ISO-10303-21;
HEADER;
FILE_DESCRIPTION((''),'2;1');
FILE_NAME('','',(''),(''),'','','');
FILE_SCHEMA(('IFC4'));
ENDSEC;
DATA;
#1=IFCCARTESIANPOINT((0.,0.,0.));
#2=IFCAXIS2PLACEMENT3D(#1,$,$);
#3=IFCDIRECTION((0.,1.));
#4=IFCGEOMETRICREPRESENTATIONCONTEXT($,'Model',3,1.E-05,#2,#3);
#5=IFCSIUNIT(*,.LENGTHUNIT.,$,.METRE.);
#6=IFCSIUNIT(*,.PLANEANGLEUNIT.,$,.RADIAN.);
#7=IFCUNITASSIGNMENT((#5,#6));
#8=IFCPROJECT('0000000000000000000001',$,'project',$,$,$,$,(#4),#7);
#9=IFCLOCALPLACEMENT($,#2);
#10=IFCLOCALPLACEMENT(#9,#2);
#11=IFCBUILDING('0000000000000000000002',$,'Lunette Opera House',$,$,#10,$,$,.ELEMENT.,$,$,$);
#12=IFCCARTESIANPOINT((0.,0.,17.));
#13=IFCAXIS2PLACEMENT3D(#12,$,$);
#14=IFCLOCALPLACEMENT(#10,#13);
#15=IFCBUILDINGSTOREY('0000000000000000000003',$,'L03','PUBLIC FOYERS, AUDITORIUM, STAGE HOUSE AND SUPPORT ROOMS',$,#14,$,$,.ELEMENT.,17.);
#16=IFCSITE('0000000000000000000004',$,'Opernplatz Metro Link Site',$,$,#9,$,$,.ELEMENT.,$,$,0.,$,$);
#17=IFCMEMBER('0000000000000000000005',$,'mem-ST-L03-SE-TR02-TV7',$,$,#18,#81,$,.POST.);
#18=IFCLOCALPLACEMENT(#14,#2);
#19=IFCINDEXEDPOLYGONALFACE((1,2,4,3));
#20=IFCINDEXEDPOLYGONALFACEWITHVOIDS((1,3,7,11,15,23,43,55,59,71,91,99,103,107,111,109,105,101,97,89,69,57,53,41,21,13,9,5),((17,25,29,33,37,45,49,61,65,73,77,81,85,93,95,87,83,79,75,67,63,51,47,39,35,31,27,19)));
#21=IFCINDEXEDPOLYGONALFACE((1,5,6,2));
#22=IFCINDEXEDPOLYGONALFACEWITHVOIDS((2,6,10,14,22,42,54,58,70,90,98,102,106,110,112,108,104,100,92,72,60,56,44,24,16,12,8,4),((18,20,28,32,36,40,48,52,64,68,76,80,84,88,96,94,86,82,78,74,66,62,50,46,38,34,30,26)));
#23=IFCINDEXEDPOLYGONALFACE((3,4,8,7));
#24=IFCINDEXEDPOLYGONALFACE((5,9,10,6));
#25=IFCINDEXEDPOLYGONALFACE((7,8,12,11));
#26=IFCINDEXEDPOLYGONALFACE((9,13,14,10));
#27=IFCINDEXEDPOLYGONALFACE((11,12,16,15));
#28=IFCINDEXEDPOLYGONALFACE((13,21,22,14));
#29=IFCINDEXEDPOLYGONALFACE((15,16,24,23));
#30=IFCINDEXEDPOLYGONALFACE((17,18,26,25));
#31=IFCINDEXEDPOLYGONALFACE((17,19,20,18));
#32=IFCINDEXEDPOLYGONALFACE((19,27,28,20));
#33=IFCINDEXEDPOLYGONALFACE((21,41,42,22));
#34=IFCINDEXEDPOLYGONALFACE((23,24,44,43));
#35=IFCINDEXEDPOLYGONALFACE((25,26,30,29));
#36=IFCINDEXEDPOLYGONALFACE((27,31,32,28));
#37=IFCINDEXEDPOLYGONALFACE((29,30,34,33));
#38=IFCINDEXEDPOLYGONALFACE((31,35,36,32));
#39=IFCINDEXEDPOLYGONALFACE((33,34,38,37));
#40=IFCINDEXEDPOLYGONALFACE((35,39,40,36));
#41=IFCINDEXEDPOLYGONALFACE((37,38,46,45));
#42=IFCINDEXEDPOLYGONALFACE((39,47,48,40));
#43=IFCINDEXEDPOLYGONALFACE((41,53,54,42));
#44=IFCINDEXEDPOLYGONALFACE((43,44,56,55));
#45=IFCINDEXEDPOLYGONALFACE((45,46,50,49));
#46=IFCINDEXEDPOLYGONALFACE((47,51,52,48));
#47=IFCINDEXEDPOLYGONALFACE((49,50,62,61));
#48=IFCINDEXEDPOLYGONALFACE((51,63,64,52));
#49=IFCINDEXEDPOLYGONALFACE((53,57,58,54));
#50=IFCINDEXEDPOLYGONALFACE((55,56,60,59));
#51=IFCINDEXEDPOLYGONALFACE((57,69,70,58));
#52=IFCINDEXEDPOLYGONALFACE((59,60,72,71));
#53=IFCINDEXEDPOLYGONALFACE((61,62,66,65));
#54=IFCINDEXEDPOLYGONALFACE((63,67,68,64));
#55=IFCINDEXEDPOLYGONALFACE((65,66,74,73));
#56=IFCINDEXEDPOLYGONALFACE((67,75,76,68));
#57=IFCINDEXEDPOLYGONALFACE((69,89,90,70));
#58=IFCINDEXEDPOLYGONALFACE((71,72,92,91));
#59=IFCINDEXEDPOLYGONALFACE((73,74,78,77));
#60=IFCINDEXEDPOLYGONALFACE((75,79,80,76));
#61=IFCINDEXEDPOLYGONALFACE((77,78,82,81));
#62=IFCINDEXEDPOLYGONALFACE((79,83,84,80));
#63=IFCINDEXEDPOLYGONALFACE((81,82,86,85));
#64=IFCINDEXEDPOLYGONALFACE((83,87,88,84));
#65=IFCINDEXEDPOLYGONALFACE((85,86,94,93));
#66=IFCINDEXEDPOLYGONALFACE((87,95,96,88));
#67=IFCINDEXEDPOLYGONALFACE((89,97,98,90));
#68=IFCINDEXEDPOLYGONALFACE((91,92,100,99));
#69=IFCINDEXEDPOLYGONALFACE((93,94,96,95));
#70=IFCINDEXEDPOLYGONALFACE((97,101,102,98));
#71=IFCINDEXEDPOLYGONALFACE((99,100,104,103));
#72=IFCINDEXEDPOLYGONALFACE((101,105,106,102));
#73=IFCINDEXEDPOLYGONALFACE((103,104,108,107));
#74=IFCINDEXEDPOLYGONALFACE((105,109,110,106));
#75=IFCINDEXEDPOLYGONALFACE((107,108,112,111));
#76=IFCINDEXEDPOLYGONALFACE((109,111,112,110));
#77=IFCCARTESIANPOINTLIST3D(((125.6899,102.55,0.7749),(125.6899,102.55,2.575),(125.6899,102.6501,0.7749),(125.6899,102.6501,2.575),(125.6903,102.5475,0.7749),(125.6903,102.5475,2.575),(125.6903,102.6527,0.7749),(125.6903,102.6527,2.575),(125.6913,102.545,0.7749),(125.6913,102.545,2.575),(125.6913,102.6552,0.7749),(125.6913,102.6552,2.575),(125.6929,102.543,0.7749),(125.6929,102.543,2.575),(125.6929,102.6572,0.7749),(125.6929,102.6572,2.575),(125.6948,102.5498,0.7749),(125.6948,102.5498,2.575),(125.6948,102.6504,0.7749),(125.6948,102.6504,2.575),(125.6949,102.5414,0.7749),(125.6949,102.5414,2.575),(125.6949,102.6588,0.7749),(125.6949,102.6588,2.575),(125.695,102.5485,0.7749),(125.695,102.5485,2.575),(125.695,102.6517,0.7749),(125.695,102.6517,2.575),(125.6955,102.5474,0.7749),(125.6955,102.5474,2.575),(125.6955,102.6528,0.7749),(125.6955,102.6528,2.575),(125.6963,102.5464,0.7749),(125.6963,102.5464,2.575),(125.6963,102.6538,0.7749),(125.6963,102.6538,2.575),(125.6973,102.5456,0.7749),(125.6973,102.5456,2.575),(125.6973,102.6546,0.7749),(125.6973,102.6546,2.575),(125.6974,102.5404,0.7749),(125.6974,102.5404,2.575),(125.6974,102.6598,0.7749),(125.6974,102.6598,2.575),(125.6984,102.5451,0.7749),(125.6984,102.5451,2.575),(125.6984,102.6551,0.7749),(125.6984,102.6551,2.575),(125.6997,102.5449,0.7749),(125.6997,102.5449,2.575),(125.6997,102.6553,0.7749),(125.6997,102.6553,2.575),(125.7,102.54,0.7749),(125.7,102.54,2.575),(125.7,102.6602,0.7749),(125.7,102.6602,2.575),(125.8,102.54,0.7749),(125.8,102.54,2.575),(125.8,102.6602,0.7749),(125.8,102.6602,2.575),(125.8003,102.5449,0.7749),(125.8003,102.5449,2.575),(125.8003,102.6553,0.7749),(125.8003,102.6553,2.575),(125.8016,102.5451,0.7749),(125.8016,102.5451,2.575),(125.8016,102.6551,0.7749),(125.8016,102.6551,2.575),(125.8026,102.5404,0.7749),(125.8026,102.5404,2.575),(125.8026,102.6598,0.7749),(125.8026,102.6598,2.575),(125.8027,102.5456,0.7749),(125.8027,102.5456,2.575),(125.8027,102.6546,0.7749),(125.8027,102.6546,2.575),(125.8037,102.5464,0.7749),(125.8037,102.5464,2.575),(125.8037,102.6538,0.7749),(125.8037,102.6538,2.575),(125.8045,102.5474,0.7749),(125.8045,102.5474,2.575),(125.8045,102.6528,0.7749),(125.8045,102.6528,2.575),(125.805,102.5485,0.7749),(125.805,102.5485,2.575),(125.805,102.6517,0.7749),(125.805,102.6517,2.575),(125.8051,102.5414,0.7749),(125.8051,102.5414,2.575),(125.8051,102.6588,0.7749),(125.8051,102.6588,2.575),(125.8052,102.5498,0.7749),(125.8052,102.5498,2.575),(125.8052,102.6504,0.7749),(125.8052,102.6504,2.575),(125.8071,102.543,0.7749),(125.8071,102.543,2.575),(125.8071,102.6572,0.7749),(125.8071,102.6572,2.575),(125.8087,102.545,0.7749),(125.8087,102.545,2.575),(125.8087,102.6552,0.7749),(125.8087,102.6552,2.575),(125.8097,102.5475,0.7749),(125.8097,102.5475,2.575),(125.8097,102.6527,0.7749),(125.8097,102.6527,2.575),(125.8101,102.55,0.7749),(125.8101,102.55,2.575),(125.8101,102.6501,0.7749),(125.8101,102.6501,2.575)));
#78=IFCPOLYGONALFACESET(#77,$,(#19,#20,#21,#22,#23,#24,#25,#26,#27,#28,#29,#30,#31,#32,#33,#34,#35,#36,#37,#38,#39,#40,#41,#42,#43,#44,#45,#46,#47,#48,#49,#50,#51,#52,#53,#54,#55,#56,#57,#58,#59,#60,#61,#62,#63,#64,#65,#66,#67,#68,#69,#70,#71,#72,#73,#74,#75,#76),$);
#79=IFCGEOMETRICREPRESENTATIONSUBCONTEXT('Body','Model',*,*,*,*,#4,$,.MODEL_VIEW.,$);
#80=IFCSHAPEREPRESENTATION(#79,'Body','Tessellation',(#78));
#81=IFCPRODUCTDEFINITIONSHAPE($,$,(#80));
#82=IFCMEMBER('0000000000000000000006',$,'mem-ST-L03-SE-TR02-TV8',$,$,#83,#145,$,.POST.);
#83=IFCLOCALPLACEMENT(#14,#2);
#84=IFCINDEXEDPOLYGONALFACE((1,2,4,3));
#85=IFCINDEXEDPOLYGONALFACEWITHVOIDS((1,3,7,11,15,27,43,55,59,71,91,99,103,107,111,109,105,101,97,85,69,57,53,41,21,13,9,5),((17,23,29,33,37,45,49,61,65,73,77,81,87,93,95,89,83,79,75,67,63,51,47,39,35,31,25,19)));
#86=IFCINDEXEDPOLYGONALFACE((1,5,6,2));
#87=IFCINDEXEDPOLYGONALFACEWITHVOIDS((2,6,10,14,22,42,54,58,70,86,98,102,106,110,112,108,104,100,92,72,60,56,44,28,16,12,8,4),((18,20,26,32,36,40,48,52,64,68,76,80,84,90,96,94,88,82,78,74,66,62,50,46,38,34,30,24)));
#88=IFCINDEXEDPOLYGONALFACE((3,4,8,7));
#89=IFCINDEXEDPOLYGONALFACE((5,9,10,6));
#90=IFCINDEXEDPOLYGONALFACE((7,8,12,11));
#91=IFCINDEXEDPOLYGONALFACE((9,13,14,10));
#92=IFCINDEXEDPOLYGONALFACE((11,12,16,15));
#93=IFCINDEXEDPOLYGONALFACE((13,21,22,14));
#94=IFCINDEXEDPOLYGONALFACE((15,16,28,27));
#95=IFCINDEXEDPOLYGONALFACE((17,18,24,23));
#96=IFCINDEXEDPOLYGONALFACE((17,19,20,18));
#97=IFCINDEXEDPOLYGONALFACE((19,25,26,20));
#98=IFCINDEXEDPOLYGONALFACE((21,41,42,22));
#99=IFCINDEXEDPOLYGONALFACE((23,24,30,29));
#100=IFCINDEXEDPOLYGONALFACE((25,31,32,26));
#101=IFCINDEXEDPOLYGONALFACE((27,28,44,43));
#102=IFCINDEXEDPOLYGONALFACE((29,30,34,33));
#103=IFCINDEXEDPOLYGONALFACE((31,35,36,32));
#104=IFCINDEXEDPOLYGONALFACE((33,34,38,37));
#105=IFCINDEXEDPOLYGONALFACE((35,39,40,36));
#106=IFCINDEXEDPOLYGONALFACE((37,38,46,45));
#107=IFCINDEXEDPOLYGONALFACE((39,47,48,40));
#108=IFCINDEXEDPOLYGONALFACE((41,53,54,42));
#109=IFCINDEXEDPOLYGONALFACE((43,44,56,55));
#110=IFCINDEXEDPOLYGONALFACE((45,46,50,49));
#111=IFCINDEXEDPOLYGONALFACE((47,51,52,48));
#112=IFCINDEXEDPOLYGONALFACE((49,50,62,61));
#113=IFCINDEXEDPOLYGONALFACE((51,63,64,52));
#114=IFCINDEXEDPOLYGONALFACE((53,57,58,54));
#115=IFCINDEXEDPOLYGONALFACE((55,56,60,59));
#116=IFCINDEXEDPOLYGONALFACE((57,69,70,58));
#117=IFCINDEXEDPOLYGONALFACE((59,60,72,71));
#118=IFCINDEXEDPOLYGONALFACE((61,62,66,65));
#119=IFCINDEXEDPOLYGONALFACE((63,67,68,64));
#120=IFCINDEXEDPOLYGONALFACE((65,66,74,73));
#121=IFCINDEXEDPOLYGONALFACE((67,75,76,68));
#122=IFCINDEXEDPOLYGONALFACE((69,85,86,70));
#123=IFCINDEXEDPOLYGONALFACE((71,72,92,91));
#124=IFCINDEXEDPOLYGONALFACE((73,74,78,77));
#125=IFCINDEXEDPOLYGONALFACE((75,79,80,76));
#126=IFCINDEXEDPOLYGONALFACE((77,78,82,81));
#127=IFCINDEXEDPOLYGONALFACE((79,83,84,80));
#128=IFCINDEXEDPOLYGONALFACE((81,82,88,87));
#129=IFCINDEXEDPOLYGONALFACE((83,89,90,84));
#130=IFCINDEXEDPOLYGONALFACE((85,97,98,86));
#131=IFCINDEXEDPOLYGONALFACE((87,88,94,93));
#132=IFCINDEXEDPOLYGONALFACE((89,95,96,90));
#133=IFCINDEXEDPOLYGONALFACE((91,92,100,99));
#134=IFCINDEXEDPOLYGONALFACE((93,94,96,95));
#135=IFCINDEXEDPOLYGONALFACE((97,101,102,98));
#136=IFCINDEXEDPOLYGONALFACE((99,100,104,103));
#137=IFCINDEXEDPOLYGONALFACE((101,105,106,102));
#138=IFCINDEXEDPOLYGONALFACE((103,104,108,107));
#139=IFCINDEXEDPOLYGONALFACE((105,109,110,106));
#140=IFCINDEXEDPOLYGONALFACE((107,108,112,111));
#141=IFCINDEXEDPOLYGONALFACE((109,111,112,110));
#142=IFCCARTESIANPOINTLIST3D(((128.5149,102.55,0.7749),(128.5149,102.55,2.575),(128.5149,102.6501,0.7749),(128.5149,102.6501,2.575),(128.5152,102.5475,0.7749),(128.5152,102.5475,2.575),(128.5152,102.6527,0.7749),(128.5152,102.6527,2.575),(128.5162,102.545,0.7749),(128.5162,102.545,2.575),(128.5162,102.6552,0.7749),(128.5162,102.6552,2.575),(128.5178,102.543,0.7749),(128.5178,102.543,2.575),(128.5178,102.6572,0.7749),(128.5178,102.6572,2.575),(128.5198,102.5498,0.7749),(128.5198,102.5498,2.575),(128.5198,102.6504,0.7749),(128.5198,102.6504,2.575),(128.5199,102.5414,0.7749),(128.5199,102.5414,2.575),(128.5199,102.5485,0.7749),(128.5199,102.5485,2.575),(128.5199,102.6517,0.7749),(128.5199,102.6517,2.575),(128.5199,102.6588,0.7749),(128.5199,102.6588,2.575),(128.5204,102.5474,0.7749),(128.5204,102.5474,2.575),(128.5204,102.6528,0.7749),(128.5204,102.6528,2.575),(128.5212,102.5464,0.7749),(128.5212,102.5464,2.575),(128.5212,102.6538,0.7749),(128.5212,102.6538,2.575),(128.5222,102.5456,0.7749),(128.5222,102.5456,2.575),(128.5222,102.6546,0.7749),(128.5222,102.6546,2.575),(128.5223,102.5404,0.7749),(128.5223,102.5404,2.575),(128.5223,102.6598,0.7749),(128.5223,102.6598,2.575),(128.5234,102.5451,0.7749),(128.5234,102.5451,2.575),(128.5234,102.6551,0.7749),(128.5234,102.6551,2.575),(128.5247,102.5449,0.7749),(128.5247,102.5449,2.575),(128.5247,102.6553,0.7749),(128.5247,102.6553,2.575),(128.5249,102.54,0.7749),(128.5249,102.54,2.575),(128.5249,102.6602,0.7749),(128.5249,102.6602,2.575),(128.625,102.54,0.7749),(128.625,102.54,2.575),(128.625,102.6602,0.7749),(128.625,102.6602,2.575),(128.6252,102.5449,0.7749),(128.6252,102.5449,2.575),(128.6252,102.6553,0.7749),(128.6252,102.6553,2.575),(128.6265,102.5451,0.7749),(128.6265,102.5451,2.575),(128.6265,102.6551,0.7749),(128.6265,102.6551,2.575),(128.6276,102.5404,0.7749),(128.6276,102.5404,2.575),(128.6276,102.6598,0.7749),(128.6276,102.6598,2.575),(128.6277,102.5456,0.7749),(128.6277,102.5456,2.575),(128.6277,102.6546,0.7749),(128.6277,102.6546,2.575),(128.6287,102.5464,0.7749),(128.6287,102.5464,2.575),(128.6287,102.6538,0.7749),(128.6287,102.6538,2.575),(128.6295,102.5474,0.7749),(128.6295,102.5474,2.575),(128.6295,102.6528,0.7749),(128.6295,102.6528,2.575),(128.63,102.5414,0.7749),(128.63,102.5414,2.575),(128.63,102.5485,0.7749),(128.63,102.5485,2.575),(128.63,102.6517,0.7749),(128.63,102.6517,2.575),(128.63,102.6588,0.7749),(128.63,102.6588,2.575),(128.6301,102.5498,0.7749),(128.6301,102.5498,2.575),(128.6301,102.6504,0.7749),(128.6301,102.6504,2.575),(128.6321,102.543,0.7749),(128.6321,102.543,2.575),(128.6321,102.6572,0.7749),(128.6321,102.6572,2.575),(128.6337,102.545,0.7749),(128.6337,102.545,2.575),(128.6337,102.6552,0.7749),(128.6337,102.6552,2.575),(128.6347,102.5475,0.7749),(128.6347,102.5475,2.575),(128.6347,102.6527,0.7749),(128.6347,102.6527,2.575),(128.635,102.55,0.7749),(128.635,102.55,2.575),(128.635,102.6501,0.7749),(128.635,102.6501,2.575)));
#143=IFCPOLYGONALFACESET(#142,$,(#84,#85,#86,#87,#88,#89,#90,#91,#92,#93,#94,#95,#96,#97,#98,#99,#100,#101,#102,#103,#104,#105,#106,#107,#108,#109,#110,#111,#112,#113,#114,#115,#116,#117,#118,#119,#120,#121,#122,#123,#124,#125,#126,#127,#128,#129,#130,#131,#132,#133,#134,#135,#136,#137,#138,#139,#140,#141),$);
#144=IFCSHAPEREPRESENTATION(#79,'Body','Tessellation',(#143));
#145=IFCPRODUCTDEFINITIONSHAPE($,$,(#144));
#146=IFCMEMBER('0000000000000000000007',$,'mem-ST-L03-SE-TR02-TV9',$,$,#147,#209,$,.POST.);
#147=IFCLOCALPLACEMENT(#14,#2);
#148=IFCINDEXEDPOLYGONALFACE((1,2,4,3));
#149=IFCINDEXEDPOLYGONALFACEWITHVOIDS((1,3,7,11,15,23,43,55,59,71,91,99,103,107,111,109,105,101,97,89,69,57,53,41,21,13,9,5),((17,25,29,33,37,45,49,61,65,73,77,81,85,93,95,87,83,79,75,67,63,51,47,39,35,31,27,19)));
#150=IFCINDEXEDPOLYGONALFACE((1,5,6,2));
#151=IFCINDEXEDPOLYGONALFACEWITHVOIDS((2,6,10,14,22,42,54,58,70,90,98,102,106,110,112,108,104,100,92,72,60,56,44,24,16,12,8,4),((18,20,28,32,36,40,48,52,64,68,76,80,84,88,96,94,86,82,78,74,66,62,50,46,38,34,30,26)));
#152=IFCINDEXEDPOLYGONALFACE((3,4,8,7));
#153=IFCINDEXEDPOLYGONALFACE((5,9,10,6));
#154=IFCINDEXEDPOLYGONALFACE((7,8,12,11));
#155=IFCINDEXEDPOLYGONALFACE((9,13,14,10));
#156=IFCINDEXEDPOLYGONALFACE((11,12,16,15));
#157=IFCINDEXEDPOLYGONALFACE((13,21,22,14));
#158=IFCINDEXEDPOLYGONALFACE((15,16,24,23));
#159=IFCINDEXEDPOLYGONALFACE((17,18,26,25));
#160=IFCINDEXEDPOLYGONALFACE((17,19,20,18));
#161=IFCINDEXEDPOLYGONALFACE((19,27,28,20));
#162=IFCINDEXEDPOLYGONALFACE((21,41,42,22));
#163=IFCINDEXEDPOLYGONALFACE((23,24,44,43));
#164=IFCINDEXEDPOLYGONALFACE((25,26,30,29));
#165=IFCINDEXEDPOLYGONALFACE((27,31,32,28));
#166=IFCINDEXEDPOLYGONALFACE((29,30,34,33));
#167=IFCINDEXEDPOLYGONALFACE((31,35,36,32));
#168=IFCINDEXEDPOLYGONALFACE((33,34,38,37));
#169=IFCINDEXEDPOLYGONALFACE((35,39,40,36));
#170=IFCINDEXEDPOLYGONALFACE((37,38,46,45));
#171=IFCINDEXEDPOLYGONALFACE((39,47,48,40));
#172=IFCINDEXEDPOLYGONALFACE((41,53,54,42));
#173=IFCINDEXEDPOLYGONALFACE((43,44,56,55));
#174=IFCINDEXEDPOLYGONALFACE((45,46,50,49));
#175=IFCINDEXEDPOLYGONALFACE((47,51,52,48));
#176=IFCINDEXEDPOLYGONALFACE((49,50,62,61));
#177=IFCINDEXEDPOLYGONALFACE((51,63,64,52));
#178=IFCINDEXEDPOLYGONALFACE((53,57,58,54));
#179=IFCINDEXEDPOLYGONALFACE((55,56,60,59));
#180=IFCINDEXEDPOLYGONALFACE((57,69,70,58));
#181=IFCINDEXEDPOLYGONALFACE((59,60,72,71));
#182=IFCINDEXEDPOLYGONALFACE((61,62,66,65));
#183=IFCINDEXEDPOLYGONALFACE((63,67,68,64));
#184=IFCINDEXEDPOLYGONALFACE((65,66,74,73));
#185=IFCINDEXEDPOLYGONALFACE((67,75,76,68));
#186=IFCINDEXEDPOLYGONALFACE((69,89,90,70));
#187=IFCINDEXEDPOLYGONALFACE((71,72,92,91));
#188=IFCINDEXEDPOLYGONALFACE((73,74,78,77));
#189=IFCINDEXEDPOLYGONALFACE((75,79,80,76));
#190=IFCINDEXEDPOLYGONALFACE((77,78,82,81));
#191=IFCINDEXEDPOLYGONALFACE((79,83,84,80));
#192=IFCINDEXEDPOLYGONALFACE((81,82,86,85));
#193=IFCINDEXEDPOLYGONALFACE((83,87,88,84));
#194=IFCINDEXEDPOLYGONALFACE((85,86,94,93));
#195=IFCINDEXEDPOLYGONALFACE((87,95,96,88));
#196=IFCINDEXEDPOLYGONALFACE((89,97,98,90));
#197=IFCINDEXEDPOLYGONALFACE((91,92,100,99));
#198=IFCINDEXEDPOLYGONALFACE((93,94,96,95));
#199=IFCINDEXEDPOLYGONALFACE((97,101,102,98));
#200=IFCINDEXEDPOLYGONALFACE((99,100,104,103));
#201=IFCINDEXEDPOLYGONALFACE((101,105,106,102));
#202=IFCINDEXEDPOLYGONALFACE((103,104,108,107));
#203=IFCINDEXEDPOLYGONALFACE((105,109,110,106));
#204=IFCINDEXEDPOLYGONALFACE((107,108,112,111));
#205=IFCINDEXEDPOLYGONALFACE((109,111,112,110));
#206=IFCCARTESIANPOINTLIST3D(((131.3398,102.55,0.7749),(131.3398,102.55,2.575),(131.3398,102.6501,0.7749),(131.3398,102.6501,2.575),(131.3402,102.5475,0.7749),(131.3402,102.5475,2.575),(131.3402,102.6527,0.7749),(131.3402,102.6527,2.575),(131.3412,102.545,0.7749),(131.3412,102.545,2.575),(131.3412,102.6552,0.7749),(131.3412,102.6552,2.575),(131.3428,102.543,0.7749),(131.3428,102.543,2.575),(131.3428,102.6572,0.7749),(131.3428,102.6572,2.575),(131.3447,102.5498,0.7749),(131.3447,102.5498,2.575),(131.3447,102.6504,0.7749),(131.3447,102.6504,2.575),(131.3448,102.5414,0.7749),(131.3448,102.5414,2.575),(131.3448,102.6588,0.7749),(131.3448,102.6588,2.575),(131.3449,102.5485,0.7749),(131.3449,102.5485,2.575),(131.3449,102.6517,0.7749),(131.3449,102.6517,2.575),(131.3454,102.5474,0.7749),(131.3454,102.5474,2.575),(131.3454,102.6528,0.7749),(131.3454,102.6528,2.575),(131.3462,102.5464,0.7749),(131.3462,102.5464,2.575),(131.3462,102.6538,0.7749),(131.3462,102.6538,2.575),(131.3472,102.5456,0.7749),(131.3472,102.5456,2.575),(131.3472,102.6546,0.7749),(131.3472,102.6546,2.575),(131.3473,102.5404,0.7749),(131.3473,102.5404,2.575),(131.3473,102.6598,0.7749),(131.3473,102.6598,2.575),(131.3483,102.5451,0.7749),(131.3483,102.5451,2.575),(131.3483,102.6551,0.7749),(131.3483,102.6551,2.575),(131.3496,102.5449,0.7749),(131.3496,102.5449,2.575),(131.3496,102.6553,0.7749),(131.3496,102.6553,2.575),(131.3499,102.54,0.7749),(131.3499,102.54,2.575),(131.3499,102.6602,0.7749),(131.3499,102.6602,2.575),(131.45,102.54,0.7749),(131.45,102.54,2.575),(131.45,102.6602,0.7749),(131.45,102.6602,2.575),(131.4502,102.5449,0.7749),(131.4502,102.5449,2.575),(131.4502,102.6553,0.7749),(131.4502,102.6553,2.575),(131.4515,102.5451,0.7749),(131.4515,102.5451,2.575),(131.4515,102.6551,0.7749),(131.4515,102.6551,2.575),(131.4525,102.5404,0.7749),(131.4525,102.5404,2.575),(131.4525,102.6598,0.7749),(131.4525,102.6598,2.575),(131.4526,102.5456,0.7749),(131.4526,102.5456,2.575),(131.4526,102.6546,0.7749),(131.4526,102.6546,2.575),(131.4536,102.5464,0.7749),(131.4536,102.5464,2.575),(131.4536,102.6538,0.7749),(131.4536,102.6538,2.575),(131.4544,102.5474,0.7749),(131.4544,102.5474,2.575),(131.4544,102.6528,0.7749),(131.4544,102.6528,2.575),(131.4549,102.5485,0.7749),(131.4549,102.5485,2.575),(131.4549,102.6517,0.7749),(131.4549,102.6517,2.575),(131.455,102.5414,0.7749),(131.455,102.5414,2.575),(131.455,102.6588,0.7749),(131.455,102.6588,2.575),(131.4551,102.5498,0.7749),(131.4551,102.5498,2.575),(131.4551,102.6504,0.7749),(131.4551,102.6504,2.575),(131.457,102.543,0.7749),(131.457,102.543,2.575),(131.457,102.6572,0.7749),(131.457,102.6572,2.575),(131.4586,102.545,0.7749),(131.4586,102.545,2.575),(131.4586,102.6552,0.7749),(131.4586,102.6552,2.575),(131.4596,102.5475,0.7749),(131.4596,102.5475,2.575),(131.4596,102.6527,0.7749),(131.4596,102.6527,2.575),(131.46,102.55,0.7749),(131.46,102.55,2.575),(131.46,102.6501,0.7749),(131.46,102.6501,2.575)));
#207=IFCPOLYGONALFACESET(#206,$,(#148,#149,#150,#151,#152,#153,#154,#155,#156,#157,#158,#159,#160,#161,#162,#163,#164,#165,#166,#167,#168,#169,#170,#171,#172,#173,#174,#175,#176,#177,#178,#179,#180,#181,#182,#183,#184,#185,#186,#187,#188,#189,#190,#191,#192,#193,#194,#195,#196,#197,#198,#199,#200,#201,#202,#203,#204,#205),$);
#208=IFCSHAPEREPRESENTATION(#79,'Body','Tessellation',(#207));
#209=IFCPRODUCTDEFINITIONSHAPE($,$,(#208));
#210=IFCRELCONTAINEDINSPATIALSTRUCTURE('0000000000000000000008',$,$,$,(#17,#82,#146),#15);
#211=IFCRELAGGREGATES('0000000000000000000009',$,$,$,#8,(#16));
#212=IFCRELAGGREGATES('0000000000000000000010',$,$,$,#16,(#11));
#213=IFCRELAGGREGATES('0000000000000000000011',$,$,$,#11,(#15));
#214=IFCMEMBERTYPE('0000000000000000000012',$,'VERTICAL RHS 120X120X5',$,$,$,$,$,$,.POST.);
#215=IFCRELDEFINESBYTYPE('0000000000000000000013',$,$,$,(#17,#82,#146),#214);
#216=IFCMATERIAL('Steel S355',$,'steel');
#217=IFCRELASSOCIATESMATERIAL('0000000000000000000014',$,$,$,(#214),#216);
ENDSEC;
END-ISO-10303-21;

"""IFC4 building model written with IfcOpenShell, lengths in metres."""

from ifc_helpers import new_model, si_unit, direction, frame, origin, origin_2d, place, context, subcontext, project, spatial, hollow_rectangle, extrude, material, material_profile, profile_set, type_object, element, save


model = new_model("IFC4")

# Units and contexts
model_context = context("Model", 3, precision=1e-05, world=origin(), true_north=direction((0.0, 1.0)))
body_context = subcontext(model_context, "Body", "Model", "MODEL_VIEW")
ifc_project = project(units=[si_unit("LENGTHUNIT", "METRE"), si_unit("PLANEANGLEUNIT", "RADIAN")], contexts=[model_context])

# Site, building, storey
site_placement = place(None, origin())
site = spatial("IfcSite", under=ifc_project, at=site_placement, Name="Opernplatz Metro Link Site", CompositionType="ELEMENT", RefElevation=0.0)
building_placement = place(site_placement, origin())
building = spatial("IfcBuilding", under=site, at=building_placement, Name="Lunette Opera House", CompositionType="ELEMENT")
storey_placement = place(building_placement, frame((0.0, 0.0, 17.0)))
storey = spatial("IfcBuildingStorey", under=building, at=storey_placement, Name="L03", Description="PUBLIC FOYERS, AUDITORIUM, STAGE HOUSE AND SUPPORT ROOMS", CompositionType="ELEMENT", Elevation=17.0)

# Members
ifc_material_1 = material(Name="Steel S355", Category="steel")
ifc_material_profile_1 = material_profile(ifc_material_1, hollow_rectangle(XDim=0.1201, YDim=0.1201, WallThickness=0.0049, InnerFilletRadius=0.0049, OuterFilletRadius=0.01, at=origin_2d()), Name="RHS 120X120X5")
ifc_profile_set_1 = profile_set([ifc_material_profile_1], Name="Steel S355")
member_type_1 = type_object("IfcMemberType", Name="VERTICAL RHS 120X120X5", PredefinedType="POST", material=ifc_profile_set_1)
for number, where, z_axis, x_axis, name in (
    (1, (125.75, 102.6001, 0.7749), (0.0, 0.0, 1.0), (1.0, 0.0, 0.0), "mem-ST-L03-SE-TR02-TV7"),
    (2, (128.575, 102.6001, 0.7749), (0.0, 0.0, 1.0), (1.0, 0.0, 0.0), "mem-ST-L03-SE-TR02-TV8"),
    (3, (131.3999, 102.6001, 0.7749), (0.0, 0.0, 1.0), (1.0, 0.0, 0.0), "mem-ST-L03-SE-TR02-TV9"),
):
    element("IfcMember", number, at=place(storey_placement, frame(where, z_axis=z_axis, x_axis=x_axis)), inside=storey, type_object=member_type_1, Name=name, PredefinedType="POST", context=body_context, shape_type="SweptSolid", body=[
        extrude(hollow_rectangle(XDim=0.1201, YDim=0.1201, WallThickness=0.0049, InnerFilletRadius=0.0049, OuterFilletRadius=0.01, at=origin_2d()), origin(), (0.0, 0.0, 1.0), 1.8),
    ])

save(model, "model.ifc")
